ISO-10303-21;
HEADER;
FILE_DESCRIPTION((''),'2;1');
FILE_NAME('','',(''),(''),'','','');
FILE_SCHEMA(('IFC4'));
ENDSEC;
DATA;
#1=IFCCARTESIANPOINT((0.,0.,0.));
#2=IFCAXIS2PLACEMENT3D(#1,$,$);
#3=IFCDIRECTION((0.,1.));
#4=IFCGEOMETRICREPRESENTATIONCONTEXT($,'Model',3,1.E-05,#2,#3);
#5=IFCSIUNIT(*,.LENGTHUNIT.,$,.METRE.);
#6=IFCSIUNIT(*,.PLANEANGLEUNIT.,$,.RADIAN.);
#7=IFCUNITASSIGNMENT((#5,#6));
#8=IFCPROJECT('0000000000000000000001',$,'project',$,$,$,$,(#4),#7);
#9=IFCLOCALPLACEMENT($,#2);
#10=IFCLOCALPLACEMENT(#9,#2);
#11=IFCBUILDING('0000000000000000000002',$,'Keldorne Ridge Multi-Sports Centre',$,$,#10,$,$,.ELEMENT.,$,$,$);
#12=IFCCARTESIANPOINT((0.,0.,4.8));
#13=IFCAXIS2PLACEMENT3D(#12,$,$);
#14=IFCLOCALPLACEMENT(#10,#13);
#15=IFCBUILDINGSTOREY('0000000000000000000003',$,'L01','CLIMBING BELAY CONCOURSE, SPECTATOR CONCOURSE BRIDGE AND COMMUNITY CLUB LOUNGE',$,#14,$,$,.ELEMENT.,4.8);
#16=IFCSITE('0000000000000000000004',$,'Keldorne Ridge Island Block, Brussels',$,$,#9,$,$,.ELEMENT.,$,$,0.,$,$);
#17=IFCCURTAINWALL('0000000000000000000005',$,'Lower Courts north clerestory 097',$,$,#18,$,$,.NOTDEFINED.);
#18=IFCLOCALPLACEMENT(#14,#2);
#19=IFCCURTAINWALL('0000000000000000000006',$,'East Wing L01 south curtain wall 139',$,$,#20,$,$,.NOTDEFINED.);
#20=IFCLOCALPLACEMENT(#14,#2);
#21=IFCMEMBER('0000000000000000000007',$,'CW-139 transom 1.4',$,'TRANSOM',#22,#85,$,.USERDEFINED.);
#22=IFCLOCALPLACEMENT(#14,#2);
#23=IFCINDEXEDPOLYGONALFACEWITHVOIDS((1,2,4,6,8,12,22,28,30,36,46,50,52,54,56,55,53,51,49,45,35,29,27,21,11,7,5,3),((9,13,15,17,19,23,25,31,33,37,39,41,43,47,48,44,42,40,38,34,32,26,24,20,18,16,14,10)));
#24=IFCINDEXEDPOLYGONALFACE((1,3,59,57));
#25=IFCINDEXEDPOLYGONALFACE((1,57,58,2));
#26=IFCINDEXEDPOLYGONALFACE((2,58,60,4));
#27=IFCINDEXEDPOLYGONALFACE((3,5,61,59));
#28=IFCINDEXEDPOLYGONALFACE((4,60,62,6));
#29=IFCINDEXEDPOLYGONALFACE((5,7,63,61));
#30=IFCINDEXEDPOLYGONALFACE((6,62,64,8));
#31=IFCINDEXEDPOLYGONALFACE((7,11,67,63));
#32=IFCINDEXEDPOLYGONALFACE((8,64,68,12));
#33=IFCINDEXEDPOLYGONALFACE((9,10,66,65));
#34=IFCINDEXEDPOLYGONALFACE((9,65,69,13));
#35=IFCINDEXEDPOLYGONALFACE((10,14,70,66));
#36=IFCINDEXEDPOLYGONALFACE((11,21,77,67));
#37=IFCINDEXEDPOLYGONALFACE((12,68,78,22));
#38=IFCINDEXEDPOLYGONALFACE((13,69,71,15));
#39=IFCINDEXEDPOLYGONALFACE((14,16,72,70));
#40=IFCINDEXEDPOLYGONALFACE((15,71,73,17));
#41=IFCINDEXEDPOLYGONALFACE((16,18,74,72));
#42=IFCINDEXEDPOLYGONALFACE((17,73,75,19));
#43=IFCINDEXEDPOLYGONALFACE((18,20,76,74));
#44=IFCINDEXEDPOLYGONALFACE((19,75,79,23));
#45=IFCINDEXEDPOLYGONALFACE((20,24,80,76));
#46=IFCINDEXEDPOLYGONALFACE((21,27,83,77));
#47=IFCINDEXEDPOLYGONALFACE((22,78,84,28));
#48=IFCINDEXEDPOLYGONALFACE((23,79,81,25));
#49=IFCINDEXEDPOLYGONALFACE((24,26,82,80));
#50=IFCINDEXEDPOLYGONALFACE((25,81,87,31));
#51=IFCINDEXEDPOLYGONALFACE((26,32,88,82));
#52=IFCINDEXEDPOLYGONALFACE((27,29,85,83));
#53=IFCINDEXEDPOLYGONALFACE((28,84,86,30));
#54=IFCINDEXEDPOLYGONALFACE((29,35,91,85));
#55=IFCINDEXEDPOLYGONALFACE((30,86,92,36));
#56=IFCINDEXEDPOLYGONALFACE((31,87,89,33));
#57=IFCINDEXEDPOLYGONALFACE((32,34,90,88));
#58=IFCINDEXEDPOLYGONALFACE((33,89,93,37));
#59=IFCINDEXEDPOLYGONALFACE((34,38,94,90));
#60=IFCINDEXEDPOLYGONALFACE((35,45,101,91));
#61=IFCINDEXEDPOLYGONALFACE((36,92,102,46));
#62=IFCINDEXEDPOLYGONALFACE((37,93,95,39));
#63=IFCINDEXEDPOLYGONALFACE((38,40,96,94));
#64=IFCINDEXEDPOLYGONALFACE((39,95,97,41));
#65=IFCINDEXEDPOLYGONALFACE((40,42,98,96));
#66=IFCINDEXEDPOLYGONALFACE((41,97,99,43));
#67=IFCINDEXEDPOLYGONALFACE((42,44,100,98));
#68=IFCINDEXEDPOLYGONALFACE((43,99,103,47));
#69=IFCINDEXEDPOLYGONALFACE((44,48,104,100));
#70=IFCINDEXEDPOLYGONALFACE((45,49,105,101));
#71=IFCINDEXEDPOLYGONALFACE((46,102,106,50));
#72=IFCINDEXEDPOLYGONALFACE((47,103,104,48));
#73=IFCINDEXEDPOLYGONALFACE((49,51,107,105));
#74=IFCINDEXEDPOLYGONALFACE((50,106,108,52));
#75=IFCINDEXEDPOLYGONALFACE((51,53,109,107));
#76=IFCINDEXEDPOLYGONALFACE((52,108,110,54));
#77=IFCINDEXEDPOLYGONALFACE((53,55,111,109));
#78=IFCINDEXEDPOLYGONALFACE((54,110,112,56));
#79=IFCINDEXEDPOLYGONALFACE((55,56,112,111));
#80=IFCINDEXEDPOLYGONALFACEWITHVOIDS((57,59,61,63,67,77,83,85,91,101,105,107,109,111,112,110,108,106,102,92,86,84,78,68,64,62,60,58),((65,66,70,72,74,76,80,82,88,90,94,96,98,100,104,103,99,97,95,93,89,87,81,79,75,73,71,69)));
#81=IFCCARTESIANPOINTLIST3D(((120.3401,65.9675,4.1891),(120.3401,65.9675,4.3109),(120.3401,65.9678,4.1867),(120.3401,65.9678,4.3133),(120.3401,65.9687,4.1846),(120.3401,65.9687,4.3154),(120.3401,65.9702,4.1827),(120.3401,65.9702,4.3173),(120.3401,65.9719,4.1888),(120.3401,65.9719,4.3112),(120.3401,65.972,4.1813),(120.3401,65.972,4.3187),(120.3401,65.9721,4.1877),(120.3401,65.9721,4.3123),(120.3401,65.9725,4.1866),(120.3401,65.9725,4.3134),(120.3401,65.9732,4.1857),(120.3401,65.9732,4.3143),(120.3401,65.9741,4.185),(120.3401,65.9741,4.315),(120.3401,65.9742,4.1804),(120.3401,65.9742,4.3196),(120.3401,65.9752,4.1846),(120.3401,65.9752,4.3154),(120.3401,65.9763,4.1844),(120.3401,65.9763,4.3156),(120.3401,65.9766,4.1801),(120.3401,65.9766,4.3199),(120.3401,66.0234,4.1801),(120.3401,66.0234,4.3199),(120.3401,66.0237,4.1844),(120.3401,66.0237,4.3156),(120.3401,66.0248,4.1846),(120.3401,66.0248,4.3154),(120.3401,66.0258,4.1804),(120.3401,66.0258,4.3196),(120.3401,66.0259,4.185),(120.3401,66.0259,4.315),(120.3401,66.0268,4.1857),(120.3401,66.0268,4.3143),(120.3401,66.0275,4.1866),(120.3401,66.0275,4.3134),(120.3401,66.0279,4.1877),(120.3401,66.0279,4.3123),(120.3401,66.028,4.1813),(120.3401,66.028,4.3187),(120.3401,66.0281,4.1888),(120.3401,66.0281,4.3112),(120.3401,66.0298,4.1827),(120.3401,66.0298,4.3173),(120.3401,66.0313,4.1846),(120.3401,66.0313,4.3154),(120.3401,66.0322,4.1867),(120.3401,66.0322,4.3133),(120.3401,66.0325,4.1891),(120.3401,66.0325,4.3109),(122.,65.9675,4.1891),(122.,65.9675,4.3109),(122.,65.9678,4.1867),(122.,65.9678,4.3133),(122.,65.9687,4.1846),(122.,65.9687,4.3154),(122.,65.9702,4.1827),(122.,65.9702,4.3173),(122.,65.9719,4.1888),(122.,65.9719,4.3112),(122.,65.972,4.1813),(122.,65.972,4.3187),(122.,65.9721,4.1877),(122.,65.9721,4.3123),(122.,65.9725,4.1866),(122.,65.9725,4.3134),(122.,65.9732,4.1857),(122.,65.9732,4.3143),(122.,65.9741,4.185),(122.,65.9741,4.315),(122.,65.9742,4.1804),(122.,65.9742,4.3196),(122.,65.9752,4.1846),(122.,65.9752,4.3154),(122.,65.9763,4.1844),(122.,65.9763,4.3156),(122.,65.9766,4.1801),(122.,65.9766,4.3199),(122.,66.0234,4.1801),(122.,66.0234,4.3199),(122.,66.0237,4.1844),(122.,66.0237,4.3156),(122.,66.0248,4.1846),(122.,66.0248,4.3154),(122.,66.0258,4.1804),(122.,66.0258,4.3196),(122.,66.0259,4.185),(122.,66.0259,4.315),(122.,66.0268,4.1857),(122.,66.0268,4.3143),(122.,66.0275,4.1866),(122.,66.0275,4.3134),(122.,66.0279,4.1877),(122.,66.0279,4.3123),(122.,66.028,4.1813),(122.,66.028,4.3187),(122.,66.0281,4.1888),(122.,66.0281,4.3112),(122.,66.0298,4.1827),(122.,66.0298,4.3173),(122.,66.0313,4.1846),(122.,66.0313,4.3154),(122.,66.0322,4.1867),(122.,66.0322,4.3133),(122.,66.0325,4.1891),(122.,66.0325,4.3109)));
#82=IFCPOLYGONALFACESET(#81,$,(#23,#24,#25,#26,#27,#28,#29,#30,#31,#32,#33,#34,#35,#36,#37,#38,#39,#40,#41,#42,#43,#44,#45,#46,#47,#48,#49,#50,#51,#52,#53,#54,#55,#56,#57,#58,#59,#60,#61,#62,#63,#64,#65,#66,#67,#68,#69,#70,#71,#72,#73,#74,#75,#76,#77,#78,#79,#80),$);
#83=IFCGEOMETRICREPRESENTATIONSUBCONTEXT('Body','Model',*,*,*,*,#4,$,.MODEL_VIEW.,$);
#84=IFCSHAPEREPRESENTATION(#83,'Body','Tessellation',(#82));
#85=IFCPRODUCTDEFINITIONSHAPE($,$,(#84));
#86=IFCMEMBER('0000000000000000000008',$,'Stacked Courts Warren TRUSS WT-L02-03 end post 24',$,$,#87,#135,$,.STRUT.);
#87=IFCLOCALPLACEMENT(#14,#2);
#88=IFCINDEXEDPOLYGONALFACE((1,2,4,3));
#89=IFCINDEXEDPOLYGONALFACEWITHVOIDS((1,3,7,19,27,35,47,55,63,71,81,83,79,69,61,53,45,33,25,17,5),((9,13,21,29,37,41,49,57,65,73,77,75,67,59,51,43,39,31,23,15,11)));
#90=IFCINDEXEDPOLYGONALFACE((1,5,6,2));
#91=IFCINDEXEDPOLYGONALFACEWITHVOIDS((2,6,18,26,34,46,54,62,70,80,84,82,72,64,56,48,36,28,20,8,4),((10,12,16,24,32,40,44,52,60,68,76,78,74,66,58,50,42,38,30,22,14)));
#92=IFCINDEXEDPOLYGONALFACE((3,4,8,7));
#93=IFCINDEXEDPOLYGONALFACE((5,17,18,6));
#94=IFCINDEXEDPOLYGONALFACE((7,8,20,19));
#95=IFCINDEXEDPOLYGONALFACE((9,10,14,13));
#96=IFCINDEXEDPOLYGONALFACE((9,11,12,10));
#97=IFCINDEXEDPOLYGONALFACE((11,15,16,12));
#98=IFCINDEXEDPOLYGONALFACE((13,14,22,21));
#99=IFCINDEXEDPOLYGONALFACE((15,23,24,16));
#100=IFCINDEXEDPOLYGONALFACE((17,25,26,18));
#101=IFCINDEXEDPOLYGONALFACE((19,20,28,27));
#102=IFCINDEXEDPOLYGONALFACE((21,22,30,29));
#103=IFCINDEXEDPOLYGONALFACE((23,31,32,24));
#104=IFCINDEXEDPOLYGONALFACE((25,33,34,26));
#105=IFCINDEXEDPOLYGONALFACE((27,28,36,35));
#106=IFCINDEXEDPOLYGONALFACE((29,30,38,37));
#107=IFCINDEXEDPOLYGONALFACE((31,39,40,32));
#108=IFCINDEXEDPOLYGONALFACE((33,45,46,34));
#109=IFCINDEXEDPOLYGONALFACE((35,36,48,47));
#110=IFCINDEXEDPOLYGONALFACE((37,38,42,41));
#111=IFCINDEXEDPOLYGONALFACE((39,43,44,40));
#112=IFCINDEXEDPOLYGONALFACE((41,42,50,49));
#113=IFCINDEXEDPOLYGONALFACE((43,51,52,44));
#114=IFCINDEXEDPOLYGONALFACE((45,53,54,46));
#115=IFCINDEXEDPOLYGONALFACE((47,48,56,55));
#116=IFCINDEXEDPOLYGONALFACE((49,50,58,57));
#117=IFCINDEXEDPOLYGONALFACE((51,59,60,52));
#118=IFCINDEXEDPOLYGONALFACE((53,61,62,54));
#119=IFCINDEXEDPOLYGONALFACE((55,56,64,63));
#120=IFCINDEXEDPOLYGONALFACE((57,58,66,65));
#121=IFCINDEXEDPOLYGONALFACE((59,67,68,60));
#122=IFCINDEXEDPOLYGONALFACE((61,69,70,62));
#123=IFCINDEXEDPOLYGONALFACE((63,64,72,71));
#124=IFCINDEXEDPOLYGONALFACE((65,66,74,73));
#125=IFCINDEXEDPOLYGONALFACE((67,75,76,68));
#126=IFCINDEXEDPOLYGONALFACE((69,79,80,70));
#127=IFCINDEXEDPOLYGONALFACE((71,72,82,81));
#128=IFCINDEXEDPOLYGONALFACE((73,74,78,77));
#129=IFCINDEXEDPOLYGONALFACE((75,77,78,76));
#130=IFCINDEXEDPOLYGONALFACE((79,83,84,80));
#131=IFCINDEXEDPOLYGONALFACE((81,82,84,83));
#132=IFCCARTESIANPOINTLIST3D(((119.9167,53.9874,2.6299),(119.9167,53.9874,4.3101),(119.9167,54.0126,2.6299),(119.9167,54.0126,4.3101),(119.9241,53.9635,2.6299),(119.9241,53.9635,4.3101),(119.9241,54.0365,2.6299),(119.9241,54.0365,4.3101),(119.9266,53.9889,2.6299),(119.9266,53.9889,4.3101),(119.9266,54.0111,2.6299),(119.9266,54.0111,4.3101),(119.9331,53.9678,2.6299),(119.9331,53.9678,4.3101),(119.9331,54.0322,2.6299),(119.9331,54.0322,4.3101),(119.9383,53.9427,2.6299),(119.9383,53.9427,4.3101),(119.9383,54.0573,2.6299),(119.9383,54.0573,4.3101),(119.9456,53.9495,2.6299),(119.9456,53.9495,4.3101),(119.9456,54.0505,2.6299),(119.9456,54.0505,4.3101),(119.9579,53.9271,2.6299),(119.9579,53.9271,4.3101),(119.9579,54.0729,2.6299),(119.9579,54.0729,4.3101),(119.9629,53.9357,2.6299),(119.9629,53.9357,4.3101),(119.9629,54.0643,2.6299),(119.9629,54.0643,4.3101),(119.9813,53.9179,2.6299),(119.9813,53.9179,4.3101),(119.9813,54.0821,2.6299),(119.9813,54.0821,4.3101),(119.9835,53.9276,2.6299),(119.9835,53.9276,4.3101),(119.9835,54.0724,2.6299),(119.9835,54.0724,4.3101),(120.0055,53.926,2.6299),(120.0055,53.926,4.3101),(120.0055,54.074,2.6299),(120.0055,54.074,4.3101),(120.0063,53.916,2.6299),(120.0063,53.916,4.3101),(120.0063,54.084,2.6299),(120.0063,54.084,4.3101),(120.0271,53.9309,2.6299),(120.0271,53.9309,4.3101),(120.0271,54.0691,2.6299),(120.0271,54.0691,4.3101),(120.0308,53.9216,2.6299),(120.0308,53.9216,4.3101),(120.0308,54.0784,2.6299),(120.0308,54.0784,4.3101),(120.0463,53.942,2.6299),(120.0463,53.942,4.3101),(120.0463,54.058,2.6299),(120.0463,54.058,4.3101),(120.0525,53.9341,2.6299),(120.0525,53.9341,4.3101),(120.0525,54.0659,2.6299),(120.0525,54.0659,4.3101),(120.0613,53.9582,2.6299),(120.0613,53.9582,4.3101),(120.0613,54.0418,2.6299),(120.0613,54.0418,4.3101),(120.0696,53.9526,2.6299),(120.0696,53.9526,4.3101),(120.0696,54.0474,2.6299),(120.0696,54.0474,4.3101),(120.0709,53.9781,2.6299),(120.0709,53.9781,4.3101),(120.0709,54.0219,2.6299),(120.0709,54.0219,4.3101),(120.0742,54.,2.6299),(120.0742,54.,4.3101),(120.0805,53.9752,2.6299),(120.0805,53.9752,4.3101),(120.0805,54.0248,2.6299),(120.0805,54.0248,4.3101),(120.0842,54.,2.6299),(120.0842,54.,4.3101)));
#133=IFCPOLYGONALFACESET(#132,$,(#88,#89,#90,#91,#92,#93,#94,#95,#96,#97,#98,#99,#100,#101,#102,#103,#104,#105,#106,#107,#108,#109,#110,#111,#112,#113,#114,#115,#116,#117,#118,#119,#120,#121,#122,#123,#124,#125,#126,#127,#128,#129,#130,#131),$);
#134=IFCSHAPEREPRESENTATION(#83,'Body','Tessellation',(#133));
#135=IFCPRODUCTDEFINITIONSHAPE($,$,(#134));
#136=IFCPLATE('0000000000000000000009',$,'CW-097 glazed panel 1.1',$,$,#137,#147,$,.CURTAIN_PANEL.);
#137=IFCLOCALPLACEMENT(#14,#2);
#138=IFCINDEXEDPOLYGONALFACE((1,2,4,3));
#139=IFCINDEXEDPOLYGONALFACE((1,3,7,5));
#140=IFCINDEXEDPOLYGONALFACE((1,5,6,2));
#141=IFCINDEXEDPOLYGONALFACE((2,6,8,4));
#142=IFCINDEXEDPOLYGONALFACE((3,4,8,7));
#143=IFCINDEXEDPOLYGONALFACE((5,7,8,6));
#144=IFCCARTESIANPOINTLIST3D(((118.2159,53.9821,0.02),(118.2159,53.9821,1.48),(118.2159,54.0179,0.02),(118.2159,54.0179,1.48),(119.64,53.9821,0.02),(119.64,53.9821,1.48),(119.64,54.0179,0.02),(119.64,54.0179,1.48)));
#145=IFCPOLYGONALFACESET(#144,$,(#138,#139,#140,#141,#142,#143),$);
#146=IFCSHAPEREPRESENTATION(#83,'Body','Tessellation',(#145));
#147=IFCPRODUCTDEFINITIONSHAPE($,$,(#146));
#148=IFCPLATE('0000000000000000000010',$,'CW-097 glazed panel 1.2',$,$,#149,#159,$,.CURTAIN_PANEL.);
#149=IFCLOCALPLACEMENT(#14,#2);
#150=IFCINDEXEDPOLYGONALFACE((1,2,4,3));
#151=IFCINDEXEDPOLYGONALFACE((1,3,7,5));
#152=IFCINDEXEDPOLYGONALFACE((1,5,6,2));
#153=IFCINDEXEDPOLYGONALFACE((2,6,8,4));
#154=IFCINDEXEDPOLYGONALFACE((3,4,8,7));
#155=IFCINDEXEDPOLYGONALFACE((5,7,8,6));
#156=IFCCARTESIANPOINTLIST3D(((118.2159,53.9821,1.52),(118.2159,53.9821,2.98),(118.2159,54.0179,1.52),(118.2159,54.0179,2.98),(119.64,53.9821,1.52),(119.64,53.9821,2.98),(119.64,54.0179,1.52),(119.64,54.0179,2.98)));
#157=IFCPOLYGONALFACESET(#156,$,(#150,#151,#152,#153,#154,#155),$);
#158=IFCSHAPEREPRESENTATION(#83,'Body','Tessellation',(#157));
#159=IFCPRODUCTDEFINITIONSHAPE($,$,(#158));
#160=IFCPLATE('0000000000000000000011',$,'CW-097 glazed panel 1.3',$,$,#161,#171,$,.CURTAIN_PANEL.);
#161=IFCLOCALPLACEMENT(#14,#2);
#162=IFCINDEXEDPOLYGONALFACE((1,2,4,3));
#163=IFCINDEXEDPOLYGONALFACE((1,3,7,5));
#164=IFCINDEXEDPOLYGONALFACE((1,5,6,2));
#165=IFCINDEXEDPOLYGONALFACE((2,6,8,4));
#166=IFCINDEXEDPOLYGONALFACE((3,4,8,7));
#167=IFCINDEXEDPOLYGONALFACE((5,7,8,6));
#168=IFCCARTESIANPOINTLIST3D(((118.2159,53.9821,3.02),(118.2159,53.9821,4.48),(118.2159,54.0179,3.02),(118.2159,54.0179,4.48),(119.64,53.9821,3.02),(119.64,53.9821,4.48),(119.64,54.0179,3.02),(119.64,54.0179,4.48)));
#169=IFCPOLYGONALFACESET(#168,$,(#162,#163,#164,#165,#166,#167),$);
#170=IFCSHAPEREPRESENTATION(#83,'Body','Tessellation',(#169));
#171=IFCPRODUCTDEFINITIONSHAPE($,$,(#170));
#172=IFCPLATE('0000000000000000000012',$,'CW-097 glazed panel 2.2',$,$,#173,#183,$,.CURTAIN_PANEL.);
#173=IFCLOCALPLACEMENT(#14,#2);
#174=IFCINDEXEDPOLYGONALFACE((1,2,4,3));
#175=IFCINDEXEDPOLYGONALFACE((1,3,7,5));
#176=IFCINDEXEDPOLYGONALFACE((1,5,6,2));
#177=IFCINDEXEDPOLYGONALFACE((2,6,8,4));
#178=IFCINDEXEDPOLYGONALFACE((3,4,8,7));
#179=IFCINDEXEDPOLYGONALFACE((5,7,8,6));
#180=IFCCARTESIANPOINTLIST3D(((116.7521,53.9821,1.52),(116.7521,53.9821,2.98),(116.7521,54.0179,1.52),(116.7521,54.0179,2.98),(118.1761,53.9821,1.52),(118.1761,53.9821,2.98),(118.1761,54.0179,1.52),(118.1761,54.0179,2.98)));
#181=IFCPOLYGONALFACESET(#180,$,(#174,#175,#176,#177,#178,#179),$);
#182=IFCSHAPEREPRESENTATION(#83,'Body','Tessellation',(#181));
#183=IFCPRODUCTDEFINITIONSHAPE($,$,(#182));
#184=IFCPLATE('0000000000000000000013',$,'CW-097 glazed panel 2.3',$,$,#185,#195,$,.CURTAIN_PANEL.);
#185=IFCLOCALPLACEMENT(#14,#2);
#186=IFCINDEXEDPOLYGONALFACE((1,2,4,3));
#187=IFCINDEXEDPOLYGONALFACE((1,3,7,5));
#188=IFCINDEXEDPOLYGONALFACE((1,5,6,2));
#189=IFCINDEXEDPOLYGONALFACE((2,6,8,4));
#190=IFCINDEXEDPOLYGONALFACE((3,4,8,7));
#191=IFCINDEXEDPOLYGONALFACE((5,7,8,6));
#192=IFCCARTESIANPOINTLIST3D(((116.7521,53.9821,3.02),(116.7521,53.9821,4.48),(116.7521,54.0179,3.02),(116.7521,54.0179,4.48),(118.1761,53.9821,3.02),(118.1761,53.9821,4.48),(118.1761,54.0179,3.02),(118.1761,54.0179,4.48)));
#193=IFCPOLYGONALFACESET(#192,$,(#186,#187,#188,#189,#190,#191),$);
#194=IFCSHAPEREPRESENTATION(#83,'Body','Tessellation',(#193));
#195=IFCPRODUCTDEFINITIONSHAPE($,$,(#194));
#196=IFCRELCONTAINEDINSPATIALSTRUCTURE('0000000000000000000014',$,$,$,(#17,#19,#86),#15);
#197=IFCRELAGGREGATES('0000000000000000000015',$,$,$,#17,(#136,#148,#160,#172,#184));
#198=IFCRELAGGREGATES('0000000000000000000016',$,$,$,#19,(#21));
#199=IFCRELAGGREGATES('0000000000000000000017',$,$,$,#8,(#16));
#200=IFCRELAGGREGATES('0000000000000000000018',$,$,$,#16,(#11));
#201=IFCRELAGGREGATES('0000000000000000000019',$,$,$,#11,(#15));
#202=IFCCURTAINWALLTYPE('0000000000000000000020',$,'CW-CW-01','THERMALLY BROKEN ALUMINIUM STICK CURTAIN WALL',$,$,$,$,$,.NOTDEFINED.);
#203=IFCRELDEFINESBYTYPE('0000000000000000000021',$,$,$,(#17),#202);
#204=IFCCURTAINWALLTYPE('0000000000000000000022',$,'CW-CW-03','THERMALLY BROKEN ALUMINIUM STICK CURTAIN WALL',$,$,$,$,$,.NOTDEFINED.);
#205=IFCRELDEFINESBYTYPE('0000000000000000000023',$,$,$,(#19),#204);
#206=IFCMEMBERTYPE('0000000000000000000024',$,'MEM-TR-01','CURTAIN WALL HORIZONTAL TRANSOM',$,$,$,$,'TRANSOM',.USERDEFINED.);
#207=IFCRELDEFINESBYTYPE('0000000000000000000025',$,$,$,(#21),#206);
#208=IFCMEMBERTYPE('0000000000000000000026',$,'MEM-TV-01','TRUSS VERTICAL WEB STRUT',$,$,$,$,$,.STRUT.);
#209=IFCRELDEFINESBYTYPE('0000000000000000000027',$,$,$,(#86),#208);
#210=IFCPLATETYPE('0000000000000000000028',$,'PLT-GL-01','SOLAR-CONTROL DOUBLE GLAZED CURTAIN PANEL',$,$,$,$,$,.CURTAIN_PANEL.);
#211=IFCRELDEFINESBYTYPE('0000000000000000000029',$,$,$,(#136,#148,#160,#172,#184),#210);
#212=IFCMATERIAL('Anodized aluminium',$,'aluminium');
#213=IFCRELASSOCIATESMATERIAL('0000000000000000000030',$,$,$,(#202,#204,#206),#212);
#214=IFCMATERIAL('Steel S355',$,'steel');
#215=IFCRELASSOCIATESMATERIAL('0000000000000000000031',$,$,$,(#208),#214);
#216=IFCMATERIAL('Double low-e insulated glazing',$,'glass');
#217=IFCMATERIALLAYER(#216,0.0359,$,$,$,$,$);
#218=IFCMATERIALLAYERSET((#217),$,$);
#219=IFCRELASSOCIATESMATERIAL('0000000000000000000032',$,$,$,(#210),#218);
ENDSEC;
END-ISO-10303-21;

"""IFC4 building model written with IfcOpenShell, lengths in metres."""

from ifc_helpers import new_model, si_unit, direction, frame, origin, origin_2d, place, context, subcontext, project, spatial, rectangle, hollow_rectangle, hollow_circle, extrude, material, layer, layer_set, material_profile, profile_set, type_object, element, aggregate, save


model = new_model("IFC4")

# Units and contexts
model_context = context("Model", 3, precision=1e-05, world=origin(), true_north=direction((0.0, 1.0)))
body_context = subcontext(model_context, "Body", "Model", "MODEL_VIEW")
ifc_project = project(units=[si_unit("LENGTHUNIT", "METRE"), si_unit("PLANEANGLEUNIT", "RADIAN")], contexts=[model_context])

# Site, building, storey
site_placement = place(None, origin())
site = spatial("IfcSite", under=ifc_project, at=site_placement, Name="Keldorne Ridge Island Block, Brussels", CompositionType="ELEMENT", RefElevation=0.0)
building_placement = place(site_placement, origin())
building = spatial("IfcBuilding", under=site, at=building_placement, Name="Keldorne Ridge Multi-Sports Centre", CompositionType="ELEMENT")
storey_placement = place(building_placement, frame((0.0, 0.0, 4.8)))
storey = spatial("IfcBuildingStorey", under=building, at=storey_placement, Name="L01", Description="CLIMBING BELAY CONCOURSE, SPECTATOR CONCOURSE BRIDGE AND COMMUNITY CLUB LOUNGE", CompositionType="ELEMENT", Elevation=4.8)

# Shared definitions
ifc_material_1 = material(Name="Steel S355", Category="steel")

# Curtain wall
ifc_material_2 = material(Name="Anodized aluminium", Category="aluminium")
curtain_wall_type_1 = type_object("IfcCurtainWallType", Name="CW-CW-01", Description="THERMALLY BROKEN ALUMINIUM STICK CURTAIN WALL", PredefinedType="NOTDEFINED", material=ifc_material_2)
curtain_wall_1_placement = place(storey_placement, origin())
curtain_wall_1 = element("IfcCurtainWall", 1, at=curtain_wall_1_placement, inside=storey, type_object=curtain_wall_type_1, Name="Lower Courts north clerestory 097", PredefinedType="NOTDEFINED")

# Curtain wall
curtain_wall_type_2 = type_object("IfcCurtainWallType", Name="CW-CW-03", Description="THERMALLY BROKEN ALUMINIUM STICK CURTAIN WALL", PredefinedType="NOTDEFINED", material=ifc_material_2)
curtain_wall_2_placement = place(storey_placement, origin())
curtain_wall_2 = element("IfcCurtainWall", 2, at=curtain_wall_2_placement, inside=storey, type_object=curtain_wall_type_2, Name="East Wing L01 south curtain wall 139", PredefinedType="NOTDEFINED")

# Members
ifc_material_profile_1 = material_profile(ifc_material_2, hollow_rectangle(XDim=0.0649, YDim=0.1399, WallThickness=0.0044, InnerFilletRadius=0.0044, OuterFilletRadius=0.009, at=origin_2d()), Name="ALU TRANSOM 140x65x4.5")
ifc_profile_set_1 = profile_set([ifc_material_profile_1], Name="Anodized aluminium")
member_type_1 = type_object("IfcMemberType", Name="MEM-TR-01", Description="CURTAIN WALL HORIZONTAL TRANSOM", ElementType="TRANSOM", PredefinedType="USERDEFINED", material=ifc_profile_set_1)
member_1_placement = place(storey_placement, frame((120.3401, 66.0, 4.25), z_axis=(1.0, 0.0, 0.0), x_axis=(0.0, 1.0, 0.0)))
member_1 = element("IfcMember", 3, at=member_1_placement, type_object=member_type_1, Name="CW-139 transom 1.4", ObjectType="TRANSOM", PredefinedType="USERDEFINED", context=body_context, shape_type="SweptSolid", body=[
    extrude(hollow_rectangle(XDim=0.0649, YDim=0.1399, WallThickness=0.0044, InnerFilletRadius=0.0044, OuterFilletRadius=0.009, at=origin_2d()), origin(), (0.0, 0.0, 1.0), 1.6599),
])
ifc_material_profile_2 = material_profile(ifc_material_1, hollow_circle(Radius=0.0842, WallThickness=0.01, at=origin_2d()), Name="CHS 168.3x10")
ifc_profile_set_2 = profile_set([ifc_material_profile_2], Name="Steel S355")
member_type_2 = type_object("IfcMemberType", Name="MEM-TV-01", Description="TRUSS VERTICAL WEB STRUT", PredefinedType="STRUT", material=ifc_profile_set_2)
member_2_placement = place(storey_placement, frame((120.0, 54.0, 2.6299), z_axis=(0.0, 0.0, 1.0), x_axis=(1.0, 0.0, 0.0)))
element("IfcMember", 4, at=member_2_placement, inside=storey, type_object=member_type_2, Name="Stacked Courts Warren TRUSS WT-L02-03 end post 24", PredefinedType="STRUT", context=body_context, shape_type="SweptSolid", body=[
    extrude(hollow_circle(Radius=0.0842, WallThickness=0.01, at=origin_2d()), origin(), (0.0, 0.0, 1.0), 1.6802),
])

# Plates
ifc_material_3 = material(Name="Double low-e insulated glazing", Category="glass")
ifc_layer = layer(ifc_material_3, 0.0359)
ifc_layer_set = layer_set([ifc_layer])
plate_type = type_object("IfcPlateType", Name="PLT-GL-01", Description="SOLAR-CONTROL DOUBLE GLAZED CURTAIN PANEL", PredefinedType="CURTAIN_PANEL", material=ifc_layer_set)
plate_1_placement = place(storey_placement, frame((118.928, 54.0, 0.02), z_axis=(0.0, 0.0, 1.0), x_axis=(-1.0, 0.0, 0.0)))
plate_1 = element("IfcPlate", 5, at=plate_1_placement, type_object=plate_type, Name="CW-097 glazed panel 1.1", PredefinedType="CURTAIN_PANEL", context=body_context, shape_type="SweptSolid", body=[
    extrude(rectangle(XDim=1.4241, YDim=0.0359, at=origin_2d()), origin(), (0.0, 0.0, 1.0), 1.46),
])
plate_2_placement = place(storey_placement, frame((118.928, 54.0, 1.52), z_axis=(0.0, 0.0, 1.0), x_axis=(-1.0, 0.0, 0.0)))
plate_2 = element("IfcPlate", 6, at=plate_2_placement, type_object=plate_type, Name="CW-097 glazed panel 1.2", PredefinedType="CURTAIN_PANEL", context=body_context, shape_type="SweptSolid", body=[
    extrude(rectangle(XDim=1.4241, YDim=0.0359, at=origin_2d()), origin(), (0.0, 0.0, 1.0), 1.46),
])
plate_3_placement = place(storey_placement, frame((118.928, 54.0, 3.02), z_axis=(0.0, 0.0, 1.0), x_axis=(-1.0, 0.0, 0.0)))
plate_3 = element("IfcPlate", 7, at=plate_3_placement, type_object=plate_type, Name="CW-097 glazed panel 1.3", PredefinedType="CURTAIN_PANEL", context=body_context, shape_type="SweptSolid", body=[
    extrude(rectangle(XDim=1.4241, YDim=0.0359, at=origin_2d()), origin(), (0.0, 0.0, 1.0), 1.46),
])
plate_4_placement = place(storey_placement, frame((117.4641, 54.0, 1.52), z_axis=(0.0, 0.0, 1.0), x_axis=(-1.0, 0.0, 0.0)))
plate_4 = element("IfcPlate", 8, at=plate_4_placement, type_object=plate_type, Name="CW-097 glazed panel 2.2", PredefinedType="CURTAIN_PANEL", context=body_context, shape_type="SweptSolid", body=[
    extrude(rectangle(XDim=1.4241, YDim=0.0359, at=origin_2d()), origin(), (0.0, 0.0, 1.0), 1.46),
])
plate_5_placement = place(storey_placement, frame((117.4641, 54.0, 3.02), z_axis=(0.0, 0.0, 1.0), x_axis=(-1.0, 0.0, 0.0)))
plate_5 = element("IfcPlate", 9, at=plate_5_placement, type_object=plate_type, Name="CW-097 glazed panel 2.3", PredefinedType="CURTAIN_PANEL", context=body_context, shape_type="SweptSolid", body=[
    extrude(rectangle(XDim=1.4241, YDim=0.0359, at=origin_2d()), origin(), (0.0, 0.0, 1.0), 1.46),
])
aggregate(curtain_wall_1, [plate_1, plate_2, plate_3, plate_4, plate_5])
aggregate(curtain_wall_2, [member_1])

save(model, "model.ifc")
